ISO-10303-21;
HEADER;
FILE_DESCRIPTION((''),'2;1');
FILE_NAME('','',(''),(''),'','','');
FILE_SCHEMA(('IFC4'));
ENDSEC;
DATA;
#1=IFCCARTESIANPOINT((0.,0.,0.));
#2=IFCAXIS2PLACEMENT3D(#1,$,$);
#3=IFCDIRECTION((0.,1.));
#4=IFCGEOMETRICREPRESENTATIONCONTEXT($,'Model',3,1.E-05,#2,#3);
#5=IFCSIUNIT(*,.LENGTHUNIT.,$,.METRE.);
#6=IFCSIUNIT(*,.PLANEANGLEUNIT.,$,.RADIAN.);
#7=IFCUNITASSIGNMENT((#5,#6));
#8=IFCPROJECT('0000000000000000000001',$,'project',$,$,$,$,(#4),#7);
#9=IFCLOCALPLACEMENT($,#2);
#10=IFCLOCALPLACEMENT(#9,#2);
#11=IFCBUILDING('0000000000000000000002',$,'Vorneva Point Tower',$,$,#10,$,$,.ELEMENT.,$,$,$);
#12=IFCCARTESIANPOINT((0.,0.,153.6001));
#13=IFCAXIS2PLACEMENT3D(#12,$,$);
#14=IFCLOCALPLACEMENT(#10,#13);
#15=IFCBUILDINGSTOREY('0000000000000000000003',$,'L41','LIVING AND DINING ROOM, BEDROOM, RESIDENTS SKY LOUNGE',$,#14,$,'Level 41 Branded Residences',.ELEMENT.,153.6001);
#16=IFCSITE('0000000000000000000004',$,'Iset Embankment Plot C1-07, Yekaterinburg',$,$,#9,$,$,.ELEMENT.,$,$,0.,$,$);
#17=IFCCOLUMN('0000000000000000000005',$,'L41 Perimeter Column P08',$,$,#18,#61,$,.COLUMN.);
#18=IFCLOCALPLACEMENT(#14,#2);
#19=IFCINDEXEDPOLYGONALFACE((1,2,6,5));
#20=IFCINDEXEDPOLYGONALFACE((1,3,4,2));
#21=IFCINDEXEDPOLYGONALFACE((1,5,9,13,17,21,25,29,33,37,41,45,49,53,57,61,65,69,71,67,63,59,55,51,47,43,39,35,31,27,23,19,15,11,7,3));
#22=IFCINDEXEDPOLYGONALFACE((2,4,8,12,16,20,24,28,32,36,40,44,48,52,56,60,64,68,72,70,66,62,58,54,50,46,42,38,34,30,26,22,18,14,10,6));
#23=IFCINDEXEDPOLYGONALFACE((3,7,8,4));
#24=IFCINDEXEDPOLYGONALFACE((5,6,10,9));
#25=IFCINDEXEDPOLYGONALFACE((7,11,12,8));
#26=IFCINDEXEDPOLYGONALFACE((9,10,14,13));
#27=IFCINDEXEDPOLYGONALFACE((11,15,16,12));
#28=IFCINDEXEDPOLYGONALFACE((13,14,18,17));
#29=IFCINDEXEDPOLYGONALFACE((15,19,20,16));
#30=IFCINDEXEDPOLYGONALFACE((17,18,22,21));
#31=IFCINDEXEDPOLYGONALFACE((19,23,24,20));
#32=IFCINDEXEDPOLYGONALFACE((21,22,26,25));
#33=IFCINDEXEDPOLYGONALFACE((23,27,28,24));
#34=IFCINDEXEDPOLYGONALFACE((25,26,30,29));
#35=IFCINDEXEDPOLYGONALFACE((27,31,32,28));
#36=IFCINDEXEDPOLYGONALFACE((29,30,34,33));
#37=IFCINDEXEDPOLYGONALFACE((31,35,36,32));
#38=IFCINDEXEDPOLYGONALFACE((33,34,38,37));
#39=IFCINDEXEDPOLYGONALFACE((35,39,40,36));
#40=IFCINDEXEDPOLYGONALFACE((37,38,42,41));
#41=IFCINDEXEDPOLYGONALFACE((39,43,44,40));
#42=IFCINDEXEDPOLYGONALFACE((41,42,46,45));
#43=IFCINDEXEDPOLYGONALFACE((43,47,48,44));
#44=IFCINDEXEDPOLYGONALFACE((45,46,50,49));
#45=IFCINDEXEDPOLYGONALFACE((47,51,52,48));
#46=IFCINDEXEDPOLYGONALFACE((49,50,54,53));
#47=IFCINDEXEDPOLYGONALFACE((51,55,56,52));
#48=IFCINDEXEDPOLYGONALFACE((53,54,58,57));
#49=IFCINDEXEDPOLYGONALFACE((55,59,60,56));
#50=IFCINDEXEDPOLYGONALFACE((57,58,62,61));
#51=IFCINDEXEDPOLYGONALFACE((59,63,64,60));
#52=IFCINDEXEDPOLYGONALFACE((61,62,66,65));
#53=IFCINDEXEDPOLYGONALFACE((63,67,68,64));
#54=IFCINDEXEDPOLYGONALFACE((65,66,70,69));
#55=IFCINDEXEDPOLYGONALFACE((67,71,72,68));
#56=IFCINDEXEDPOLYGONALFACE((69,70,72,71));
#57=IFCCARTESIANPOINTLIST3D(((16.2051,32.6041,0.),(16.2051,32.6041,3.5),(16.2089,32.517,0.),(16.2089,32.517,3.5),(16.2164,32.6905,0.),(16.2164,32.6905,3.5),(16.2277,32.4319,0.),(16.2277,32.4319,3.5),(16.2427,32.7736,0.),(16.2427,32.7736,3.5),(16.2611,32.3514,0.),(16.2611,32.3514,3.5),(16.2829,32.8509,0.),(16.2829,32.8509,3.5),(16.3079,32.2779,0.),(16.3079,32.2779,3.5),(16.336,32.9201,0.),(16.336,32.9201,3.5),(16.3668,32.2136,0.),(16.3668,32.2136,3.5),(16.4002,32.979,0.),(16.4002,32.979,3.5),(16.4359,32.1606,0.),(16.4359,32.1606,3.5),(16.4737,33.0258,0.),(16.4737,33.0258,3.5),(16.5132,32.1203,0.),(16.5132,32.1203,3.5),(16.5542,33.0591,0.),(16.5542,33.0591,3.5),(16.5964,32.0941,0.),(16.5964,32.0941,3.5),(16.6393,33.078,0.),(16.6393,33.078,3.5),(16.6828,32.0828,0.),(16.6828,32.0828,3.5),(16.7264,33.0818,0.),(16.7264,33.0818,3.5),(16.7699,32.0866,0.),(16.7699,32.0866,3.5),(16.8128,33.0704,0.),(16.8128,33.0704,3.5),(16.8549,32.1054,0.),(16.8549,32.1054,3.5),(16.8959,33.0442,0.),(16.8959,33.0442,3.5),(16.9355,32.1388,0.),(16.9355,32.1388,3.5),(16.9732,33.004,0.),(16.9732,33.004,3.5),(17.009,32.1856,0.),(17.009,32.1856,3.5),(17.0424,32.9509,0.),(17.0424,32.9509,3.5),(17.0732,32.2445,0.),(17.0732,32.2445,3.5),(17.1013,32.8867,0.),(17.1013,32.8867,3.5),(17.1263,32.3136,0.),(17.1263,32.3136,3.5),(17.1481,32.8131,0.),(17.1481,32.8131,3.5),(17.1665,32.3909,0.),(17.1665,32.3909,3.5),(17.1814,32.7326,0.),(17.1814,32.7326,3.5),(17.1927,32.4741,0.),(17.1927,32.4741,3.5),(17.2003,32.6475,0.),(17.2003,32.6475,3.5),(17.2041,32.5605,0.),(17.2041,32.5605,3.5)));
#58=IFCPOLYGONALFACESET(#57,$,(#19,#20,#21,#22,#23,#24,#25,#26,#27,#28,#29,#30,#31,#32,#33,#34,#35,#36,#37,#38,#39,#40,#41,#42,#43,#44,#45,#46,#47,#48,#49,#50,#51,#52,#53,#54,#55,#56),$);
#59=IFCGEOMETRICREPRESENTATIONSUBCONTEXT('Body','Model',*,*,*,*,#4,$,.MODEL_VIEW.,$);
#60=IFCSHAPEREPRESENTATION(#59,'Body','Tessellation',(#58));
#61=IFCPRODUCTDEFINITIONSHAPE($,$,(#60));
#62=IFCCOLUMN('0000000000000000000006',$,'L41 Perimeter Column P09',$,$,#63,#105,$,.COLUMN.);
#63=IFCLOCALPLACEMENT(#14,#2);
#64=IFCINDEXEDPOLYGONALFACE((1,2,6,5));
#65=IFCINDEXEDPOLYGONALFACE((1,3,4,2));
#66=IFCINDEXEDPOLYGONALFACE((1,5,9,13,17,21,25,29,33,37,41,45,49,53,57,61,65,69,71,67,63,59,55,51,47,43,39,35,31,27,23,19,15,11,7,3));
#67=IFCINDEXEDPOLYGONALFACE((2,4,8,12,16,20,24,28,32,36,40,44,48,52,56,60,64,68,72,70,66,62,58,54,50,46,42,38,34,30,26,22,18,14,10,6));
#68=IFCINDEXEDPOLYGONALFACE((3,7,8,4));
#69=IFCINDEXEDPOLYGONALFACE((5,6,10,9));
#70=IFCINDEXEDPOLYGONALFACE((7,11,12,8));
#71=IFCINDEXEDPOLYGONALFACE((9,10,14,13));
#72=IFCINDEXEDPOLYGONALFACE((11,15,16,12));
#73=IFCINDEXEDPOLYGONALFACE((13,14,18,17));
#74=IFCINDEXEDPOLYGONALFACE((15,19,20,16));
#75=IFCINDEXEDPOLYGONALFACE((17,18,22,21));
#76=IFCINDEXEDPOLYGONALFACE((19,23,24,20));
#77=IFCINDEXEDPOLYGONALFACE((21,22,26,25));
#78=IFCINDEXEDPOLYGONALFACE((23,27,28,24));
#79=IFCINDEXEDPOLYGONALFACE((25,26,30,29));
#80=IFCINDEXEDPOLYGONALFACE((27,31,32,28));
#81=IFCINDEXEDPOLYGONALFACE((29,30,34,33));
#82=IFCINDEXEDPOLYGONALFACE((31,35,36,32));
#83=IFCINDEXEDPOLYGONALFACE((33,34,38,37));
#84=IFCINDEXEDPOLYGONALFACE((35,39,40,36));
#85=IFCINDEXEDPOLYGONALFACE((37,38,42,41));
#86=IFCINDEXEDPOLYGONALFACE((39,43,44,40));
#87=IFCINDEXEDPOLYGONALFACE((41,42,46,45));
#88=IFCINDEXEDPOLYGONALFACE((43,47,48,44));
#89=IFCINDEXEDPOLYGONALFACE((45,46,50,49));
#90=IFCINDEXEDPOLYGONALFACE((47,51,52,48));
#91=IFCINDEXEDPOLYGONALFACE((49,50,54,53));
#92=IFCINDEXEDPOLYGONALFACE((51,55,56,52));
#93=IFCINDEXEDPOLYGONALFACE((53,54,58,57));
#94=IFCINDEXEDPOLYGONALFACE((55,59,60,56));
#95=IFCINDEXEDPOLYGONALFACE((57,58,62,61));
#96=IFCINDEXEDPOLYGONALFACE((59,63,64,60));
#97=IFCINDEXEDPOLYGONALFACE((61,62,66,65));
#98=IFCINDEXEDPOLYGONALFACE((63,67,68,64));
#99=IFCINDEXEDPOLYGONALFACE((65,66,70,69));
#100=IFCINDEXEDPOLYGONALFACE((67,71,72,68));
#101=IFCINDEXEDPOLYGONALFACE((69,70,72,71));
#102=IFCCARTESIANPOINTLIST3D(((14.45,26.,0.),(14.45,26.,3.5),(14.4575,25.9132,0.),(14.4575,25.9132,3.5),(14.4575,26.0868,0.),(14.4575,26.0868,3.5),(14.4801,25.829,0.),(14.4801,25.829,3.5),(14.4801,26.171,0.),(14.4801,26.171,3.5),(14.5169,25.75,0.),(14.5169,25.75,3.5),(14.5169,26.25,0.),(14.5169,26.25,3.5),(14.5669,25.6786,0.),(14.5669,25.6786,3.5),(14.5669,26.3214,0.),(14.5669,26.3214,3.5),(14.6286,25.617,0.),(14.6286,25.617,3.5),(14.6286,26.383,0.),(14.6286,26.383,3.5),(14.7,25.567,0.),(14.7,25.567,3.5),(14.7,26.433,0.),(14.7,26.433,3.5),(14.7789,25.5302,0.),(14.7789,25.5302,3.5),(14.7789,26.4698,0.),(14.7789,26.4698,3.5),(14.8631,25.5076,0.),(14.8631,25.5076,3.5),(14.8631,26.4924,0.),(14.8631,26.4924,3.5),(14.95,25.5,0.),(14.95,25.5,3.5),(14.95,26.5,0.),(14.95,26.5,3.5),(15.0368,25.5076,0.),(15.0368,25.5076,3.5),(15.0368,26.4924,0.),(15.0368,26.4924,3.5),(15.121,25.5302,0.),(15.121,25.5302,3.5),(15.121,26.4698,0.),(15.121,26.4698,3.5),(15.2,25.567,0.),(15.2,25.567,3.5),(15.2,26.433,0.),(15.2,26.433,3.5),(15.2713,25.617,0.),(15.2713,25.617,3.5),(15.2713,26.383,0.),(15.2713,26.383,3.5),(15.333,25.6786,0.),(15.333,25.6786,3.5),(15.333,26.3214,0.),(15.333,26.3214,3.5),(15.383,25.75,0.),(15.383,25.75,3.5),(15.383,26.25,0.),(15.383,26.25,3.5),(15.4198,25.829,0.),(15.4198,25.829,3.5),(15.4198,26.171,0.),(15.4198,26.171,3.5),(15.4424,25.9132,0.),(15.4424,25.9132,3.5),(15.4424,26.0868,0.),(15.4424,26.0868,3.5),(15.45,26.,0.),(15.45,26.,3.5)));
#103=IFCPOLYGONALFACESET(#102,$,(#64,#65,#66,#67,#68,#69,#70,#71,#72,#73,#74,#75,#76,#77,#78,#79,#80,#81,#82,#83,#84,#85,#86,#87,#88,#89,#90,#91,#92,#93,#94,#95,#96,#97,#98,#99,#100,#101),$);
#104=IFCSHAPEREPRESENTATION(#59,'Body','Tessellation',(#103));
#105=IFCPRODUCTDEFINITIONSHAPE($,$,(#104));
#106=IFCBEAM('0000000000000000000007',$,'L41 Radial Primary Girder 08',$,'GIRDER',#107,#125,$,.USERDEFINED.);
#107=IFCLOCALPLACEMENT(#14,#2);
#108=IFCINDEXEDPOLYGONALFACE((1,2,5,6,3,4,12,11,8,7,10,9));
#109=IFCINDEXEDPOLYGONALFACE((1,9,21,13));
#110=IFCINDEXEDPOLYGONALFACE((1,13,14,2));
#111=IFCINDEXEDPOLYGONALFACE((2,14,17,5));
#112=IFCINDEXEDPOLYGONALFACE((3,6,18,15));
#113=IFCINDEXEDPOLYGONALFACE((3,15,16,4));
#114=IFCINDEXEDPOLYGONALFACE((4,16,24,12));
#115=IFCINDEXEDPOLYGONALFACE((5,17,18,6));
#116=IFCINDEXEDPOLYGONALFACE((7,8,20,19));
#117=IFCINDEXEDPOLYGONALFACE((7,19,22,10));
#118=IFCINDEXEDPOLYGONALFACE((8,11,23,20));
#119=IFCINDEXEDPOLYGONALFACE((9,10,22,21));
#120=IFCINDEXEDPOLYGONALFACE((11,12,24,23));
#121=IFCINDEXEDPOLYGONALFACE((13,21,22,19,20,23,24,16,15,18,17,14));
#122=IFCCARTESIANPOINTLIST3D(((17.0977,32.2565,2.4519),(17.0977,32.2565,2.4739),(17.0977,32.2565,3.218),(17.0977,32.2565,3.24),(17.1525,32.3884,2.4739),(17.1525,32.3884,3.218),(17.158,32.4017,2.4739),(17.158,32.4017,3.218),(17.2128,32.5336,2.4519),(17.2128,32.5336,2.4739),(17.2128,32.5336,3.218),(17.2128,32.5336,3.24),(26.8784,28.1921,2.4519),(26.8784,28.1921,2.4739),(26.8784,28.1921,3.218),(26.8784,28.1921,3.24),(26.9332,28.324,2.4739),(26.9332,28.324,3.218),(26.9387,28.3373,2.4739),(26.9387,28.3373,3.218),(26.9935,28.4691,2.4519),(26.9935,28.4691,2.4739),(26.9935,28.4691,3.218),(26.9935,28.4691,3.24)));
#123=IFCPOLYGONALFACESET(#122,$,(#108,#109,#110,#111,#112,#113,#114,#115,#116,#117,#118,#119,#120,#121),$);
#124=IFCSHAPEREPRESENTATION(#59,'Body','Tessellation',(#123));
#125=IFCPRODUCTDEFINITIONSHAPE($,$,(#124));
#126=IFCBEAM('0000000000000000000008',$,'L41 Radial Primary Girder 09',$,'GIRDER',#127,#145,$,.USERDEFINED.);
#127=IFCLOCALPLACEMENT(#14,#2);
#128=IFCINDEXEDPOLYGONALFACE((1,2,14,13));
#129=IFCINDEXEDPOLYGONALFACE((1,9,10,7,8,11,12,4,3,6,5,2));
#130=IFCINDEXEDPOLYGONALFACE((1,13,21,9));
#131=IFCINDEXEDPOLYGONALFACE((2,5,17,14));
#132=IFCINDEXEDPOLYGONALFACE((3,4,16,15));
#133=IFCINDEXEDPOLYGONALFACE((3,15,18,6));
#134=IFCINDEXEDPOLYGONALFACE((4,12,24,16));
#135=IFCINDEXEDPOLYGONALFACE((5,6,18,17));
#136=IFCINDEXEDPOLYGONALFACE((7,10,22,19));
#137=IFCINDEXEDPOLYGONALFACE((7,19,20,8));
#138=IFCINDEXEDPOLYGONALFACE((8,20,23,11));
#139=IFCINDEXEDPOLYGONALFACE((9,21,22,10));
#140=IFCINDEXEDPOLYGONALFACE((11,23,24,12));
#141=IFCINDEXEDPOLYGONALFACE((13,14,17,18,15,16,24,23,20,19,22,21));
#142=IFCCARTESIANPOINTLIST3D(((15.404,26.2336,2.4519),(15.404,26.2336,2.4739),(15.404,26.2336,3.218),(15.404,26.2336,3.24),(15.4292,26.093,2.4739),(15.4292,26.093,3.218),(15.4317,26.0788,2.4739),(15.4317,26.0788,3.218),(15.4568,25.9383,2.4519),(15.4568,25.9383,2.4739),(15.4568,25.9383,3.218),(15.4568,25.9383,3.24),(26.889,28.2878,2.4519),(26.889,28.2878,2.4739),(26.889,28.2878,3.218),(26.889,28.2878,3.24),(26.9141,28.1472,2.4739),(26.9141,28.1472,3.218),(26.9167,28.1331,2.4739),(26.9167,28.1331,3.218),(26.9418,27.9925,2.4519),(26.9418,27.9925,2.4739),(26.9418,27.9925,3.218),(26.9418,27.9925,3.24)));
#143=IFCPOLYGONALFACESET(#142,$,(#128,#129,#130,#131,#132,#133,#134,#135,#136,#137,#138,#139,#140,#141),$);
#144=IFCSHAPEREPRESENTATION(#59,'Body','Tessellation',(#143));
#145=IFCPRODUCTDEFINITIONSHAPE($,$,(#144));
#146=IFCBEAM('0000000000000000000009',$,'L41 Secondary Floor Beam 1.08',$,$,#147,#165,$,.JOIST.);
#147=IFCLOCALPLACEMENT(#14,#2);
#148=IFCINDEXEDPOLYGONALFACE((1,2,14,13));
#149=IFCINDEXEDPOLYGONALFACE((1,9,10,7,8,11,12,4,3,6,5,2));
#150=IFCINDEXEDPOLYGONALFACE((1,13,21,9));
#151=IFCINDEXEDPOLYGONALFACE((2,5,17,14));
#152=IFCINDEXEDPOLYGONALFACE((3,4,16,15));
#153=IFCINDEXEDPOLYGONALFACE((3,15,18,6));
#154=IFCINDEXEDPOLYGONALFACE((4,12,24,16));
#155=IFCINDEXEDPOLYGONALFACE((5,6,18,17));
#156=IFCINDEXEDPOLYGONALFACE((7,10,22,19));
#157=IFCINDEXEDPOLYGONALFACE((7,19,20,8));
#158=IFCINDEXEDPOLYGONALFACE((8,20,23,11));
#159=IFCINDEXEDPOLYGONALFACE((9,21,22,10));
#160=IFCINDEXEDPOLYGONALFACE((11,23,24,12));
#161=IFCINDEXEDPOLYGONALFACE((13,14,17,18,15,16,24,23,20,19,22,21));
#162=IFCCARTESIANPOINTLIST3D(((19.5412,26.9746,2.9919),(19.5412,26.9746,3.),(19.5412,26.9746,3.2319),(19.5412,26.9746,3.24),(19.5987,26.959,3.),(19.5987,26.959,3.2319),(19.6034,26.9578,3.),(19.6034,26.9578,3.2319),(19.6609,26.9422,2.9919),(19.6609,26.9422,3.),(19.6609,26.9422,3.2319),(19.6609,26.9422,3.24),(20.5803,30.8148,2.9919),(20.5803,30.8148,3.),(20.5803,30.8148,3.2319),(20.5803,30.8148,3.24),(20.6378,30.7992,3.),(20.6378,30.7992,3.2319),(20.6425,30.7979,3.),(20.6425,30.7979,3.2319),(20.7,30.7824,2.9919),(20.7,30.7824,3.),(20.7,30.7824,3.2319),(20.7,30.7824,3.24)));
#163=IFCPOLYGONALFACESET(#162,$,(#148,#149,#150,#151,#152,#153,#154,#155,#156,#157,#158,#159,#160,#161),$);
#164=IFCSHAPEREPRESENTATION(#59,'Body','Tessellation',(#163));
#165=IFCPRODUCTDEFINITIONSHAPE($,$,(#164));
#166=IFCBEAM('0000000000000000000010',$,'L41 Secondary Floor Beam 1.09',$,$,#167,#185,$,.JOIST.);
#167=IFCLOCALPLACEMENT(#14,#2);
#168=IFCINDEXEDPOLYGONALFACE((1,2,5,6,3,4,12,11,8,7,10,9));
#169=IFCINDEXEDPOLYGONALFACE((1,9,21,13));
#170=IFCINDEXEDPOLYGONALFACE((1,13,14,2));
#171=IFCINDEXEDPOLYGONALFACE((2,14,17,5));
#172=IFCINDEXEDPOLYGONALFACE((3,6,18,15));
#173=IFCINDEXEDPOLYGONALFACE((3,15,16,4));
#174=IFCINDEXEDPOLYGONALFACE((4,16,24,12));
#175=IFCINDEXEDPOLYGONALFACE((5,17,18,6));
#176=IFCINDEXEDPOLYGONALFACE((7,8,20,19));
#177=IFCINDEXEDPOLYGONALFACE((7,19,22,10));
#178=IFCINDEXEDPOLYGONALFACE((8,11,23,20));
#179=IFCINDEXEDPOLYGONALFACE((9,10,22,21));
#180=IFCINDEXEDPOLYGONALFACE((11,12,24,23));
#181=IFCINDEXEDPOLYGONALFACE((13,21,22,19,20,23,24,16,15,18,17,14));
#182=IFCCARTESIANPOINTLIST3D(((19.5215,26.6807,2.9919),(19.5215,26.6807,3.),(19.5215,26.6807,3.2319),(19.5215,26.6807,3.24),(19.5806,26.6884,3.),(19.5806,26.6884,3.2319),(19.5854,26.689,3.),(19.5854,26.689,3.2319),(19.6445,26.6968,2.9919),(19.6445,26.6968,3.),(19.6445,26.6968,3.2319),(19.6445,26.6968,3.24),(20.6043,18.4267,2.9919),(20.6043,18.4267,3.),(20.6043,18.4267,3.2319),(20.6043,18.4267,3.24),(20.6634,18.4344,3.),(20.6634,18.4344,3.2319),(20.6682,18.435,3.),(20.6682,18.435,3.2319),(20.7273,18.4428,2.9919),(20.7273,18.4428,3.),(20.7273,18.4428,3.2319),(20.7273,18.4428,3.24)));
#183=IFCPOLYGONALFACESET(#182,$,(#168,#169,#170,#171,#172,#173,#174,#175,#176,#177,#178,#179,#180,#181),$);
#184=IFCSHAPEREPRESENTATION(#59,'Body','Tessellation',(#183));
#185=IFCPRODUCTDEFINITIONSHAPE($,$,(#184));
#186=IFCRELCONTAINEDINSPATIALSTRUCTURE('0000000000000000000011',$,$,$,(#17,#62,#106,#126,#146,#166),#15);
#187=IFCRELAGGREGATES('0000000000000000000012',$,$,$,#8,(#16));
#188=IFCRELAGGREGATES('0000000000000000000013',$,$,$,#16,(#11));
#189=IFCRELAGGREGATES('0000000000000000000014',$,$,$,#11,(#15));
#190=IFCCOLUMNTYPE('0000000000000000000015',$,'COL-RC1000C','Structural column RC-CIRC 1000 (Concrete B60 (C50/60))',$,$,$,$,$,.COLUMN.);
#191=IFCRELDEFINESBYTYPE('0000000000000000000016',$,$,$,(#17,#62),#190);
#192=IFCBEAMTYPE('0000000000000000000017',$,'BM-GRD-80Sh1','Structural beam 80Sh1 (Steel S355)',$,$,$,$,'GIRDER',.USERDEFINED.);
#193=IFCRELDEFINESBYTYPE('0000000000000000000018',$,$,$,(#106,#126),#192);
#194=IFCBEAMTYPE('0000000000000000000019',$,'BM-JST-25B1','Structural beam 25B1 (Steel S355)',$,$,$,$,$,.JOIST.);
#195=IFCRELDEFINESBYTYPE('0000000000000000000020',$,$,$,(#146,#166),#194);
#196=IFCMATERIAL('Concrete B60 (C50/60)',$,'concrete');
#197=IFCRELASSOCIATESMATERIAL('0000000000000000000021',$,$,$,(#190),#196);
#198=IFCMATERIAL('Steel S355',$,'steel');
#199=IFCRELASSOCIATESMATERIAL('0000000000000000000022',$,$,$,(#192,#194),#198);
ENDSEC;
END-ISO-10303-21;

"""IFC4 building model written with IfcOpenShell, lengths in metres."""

from ifc_helpers import new_model, si_unit, direction, frame, origin, origin_2d, place, context, subcontext, project, spatial, circle, i_section, extrude, material, material_profile, profile_set, type_object, element, save


model = new_model("IFC4")

# Units and contexts
model_context = context("Model", 3, precision=1e-05, world=origin(), true_north=direction((0.0, 1.0)))
body_context = subcontext(model_context, "Body", "Model", "MODEL_VIEW")
ifc_project = project(units=[si_unit("LENGTHUNIT", "METRE"), si_unit("PLANEANGLEUNIT", "RADIAN")], contexts=[model_context])

# Site, building, storey
site_placement = place(None, origin())
site = spatial("IfcSite", under=ifc_project, at=site_placement, Name="Iset Embankment Plot C1-07, Yekaterinburg", CompositionType="ELEMENT", RefElevation=0.0)
building_placement = place(site_placement, origin())
building = spatial("IfcBuilding", under=site, at=building_placement, Name="Vorneva Point Tower", CompositionType="ELEMENT")
storey_placement = place(building_placement, frame((0.0, 0.0, 153.6001)))
storey = spatial("IfcBuildingStorey", under=building, at=storey_placement, Name="L41", Description="LIVING AND DINING ROOM, BEDROOM, RESIDENTS SKY LOUNGE", LongName="Level 41 Branded Residences", CompositionType="ELEMENT", Elevation=153.6001)

# Columns
ifc_material_1 = material(Name="Concrete B60 (C50/60)", Category="concrete")
ifc_material_profile_1 = material_profile(ifc_material_1, circle(Radius=0.5, at=origin_2d()), Name="RC-CIRC 1000")
ifc_profile_set_1 = profile_set([ifc_material_profile_1], Name="Concrete B60 (C50/60)")
column_type = type_object("IfcColumnType", Name="COL-RC1000C", Description="Structural column RC-CIRC 1000 (Concrete B60 (C50/60))", PredefinedType="COLUMN", material=ifc_profile_set_1)
for number, where, z_axis, x_axis, name in (
    (1, (16.7046, 32.5823, 0.0), (0.0, 0.0, 1.0), (-0.92388, 0.382683, 0.0), "L41 Perimeter Column P08"),
    (2, (14.95, 26.0, 0.0), (0.0, 0.0, 1.0), (-1.0, 0.0, 0.0), "L41 Perimeter Column P09"),
):
    element("IfcColumn", number, at=place(storey_placement, frame(where, z_axis=z_axis, x_axis=x_axis)), inside=storey, type_object=column_type, Name=name, PredefinedType="COLUMN", context=body_context, shape_type="SweptSolid", body=[
        extrude(circle(Radius=0.5, at=origin_2d()), origin(), (0.0, 0.0, 1.0), 3.5),
    ])

# Beams
ifc_material_2 = material(Name="Steel S355", Category="steel")
ifc_material_profile_2 = material_profile(ifc_material_2, i_section(OverallWidth=0.3, OverallDepth=0.7881, WebThickness=0.0144, FlangeThickness=0.022, at=origin_2d()), Name="80Sh1")
ifc_profile_set_2 = profile_set([ifc_material_profile_2], Name="Steel S355")
beam_type_1 = type_object("IfcBeamType", Name="BM-GRD-80Sh1", Description="Structural beam 80Sh1 (Steel S355)", ElementType="GIRDER", PredefinedType="USERDEFINED", material=ifc_profile_set_2)
beam_1_placement = place(storey_placement, frame((17.1553, 32.395, 2.8459), z_axis=(0.923441, -0.383741, 0.0), x_axis=(0.383741, 0.923441, 0.0)))
element("IfcBeam", 3, at=beam_1_placement, inside=storey, type_object=beam_type_1, Name="L41 Radial Primary Girder 08", ObjectType="GIRDER", PredefinedType="USERDEFINED", context=body_context, shape_type="SweptSolid", body=[
    extrude(i_section(OverallWidth=0.3, OverallDepth=0.7881, WebThickness=0.0144, FlangeThickness=0.022, at=origin_2d()), origin(), (0.0, 0.0, 1.0), 10.5916),
])
beam_2_placement = place(storey_placement, frame((15.4304, 26.0859, 2.8459), z_axis=(0.984378, 0.176067, 0.0), x_axis=(-0.176067, 0.984378, 0.0)))
element("IfcBeam", 4, at=beam_2_placement, inside=storey, type_object=beam_type_1, Name="L41 Radial Primary Girder 09", ObjectType="GIRDER", PredefinedType="USERDEFINED", context=body_context, shape_type="SweptSolid", body=[
    extrude(i_section(OverallWidth=0.3, OverallDepth=0.7881, WebThickness=0.0144, FlangeThickness=0.022, at=origin_2d()), origin(), (0.0, 0.0, 1.0), 11.6672),
])
ifc_material_profile_3 = material_profile(ifc_material_2, i_section(OverallWidth=0.124, OverallDepth=0.248, WebThickness=0.0049, FlangeThickness=0.0081, at=origin_2d()), Name="25B1")
ifc_profile_set_3 = profile_set([ifc_material_profile_3], Name="Steel S355")
beam_type_2 = type_object("IfcBeamType", Name="BM-JST-25B1", Description="Structural beam 25B1 (Steel S355)", PredefinedType="JOIST", material=ifc_profile_set_3)
beam_3_placement = place(storey_placement, frame((20.6401, 30.7986, 3.116), z_axis=(-0.26119, -0.965287, 0.0), x_axis=(0.965287, -0.26119, 0.0)))
element("IfcBeam", 5, at=beam_3_placement, inside=storey, type_object=beam_type_2, Name="L41 Secondary Floor Beam 1.08", PredefinedType="JOIST", context=body_context, shape_type="SweptSolid", body=[
    extrude(i_section(OverallWidth=0.124, OverallDepth=0.248, WebThickness=0.0049, FlangeThickness=0.0081, at=origin_2d()), origin(), (0.0, 0.0, 1.0), 3.9783),
])
beam_4_placement = place(storey_placement, frame((19.583, 26.6887, 3.116), z_axis=(0.130068, -0.991505, 0.0), x_axis=(0.991505, 0.130068, 0.0)))
element("IfcBeam", 6, at=beam_4_placement, inside=storey, type_object=beam_type_2, Name="L41 Secondary Floor Beam 1.09", PredefinedType="JOIST", context=body_context, shape_type="SweptSolid", body=[
    extrude(i_section(OverallWidth=0.124, OverallDepth=0.248, WebThickness=0.0049, FlangeThickness=0.0081, at=origin_2d()), origin(), (0.0, 0.0, 1.0), 8.3247),
])

save(model, "model.ifc")
